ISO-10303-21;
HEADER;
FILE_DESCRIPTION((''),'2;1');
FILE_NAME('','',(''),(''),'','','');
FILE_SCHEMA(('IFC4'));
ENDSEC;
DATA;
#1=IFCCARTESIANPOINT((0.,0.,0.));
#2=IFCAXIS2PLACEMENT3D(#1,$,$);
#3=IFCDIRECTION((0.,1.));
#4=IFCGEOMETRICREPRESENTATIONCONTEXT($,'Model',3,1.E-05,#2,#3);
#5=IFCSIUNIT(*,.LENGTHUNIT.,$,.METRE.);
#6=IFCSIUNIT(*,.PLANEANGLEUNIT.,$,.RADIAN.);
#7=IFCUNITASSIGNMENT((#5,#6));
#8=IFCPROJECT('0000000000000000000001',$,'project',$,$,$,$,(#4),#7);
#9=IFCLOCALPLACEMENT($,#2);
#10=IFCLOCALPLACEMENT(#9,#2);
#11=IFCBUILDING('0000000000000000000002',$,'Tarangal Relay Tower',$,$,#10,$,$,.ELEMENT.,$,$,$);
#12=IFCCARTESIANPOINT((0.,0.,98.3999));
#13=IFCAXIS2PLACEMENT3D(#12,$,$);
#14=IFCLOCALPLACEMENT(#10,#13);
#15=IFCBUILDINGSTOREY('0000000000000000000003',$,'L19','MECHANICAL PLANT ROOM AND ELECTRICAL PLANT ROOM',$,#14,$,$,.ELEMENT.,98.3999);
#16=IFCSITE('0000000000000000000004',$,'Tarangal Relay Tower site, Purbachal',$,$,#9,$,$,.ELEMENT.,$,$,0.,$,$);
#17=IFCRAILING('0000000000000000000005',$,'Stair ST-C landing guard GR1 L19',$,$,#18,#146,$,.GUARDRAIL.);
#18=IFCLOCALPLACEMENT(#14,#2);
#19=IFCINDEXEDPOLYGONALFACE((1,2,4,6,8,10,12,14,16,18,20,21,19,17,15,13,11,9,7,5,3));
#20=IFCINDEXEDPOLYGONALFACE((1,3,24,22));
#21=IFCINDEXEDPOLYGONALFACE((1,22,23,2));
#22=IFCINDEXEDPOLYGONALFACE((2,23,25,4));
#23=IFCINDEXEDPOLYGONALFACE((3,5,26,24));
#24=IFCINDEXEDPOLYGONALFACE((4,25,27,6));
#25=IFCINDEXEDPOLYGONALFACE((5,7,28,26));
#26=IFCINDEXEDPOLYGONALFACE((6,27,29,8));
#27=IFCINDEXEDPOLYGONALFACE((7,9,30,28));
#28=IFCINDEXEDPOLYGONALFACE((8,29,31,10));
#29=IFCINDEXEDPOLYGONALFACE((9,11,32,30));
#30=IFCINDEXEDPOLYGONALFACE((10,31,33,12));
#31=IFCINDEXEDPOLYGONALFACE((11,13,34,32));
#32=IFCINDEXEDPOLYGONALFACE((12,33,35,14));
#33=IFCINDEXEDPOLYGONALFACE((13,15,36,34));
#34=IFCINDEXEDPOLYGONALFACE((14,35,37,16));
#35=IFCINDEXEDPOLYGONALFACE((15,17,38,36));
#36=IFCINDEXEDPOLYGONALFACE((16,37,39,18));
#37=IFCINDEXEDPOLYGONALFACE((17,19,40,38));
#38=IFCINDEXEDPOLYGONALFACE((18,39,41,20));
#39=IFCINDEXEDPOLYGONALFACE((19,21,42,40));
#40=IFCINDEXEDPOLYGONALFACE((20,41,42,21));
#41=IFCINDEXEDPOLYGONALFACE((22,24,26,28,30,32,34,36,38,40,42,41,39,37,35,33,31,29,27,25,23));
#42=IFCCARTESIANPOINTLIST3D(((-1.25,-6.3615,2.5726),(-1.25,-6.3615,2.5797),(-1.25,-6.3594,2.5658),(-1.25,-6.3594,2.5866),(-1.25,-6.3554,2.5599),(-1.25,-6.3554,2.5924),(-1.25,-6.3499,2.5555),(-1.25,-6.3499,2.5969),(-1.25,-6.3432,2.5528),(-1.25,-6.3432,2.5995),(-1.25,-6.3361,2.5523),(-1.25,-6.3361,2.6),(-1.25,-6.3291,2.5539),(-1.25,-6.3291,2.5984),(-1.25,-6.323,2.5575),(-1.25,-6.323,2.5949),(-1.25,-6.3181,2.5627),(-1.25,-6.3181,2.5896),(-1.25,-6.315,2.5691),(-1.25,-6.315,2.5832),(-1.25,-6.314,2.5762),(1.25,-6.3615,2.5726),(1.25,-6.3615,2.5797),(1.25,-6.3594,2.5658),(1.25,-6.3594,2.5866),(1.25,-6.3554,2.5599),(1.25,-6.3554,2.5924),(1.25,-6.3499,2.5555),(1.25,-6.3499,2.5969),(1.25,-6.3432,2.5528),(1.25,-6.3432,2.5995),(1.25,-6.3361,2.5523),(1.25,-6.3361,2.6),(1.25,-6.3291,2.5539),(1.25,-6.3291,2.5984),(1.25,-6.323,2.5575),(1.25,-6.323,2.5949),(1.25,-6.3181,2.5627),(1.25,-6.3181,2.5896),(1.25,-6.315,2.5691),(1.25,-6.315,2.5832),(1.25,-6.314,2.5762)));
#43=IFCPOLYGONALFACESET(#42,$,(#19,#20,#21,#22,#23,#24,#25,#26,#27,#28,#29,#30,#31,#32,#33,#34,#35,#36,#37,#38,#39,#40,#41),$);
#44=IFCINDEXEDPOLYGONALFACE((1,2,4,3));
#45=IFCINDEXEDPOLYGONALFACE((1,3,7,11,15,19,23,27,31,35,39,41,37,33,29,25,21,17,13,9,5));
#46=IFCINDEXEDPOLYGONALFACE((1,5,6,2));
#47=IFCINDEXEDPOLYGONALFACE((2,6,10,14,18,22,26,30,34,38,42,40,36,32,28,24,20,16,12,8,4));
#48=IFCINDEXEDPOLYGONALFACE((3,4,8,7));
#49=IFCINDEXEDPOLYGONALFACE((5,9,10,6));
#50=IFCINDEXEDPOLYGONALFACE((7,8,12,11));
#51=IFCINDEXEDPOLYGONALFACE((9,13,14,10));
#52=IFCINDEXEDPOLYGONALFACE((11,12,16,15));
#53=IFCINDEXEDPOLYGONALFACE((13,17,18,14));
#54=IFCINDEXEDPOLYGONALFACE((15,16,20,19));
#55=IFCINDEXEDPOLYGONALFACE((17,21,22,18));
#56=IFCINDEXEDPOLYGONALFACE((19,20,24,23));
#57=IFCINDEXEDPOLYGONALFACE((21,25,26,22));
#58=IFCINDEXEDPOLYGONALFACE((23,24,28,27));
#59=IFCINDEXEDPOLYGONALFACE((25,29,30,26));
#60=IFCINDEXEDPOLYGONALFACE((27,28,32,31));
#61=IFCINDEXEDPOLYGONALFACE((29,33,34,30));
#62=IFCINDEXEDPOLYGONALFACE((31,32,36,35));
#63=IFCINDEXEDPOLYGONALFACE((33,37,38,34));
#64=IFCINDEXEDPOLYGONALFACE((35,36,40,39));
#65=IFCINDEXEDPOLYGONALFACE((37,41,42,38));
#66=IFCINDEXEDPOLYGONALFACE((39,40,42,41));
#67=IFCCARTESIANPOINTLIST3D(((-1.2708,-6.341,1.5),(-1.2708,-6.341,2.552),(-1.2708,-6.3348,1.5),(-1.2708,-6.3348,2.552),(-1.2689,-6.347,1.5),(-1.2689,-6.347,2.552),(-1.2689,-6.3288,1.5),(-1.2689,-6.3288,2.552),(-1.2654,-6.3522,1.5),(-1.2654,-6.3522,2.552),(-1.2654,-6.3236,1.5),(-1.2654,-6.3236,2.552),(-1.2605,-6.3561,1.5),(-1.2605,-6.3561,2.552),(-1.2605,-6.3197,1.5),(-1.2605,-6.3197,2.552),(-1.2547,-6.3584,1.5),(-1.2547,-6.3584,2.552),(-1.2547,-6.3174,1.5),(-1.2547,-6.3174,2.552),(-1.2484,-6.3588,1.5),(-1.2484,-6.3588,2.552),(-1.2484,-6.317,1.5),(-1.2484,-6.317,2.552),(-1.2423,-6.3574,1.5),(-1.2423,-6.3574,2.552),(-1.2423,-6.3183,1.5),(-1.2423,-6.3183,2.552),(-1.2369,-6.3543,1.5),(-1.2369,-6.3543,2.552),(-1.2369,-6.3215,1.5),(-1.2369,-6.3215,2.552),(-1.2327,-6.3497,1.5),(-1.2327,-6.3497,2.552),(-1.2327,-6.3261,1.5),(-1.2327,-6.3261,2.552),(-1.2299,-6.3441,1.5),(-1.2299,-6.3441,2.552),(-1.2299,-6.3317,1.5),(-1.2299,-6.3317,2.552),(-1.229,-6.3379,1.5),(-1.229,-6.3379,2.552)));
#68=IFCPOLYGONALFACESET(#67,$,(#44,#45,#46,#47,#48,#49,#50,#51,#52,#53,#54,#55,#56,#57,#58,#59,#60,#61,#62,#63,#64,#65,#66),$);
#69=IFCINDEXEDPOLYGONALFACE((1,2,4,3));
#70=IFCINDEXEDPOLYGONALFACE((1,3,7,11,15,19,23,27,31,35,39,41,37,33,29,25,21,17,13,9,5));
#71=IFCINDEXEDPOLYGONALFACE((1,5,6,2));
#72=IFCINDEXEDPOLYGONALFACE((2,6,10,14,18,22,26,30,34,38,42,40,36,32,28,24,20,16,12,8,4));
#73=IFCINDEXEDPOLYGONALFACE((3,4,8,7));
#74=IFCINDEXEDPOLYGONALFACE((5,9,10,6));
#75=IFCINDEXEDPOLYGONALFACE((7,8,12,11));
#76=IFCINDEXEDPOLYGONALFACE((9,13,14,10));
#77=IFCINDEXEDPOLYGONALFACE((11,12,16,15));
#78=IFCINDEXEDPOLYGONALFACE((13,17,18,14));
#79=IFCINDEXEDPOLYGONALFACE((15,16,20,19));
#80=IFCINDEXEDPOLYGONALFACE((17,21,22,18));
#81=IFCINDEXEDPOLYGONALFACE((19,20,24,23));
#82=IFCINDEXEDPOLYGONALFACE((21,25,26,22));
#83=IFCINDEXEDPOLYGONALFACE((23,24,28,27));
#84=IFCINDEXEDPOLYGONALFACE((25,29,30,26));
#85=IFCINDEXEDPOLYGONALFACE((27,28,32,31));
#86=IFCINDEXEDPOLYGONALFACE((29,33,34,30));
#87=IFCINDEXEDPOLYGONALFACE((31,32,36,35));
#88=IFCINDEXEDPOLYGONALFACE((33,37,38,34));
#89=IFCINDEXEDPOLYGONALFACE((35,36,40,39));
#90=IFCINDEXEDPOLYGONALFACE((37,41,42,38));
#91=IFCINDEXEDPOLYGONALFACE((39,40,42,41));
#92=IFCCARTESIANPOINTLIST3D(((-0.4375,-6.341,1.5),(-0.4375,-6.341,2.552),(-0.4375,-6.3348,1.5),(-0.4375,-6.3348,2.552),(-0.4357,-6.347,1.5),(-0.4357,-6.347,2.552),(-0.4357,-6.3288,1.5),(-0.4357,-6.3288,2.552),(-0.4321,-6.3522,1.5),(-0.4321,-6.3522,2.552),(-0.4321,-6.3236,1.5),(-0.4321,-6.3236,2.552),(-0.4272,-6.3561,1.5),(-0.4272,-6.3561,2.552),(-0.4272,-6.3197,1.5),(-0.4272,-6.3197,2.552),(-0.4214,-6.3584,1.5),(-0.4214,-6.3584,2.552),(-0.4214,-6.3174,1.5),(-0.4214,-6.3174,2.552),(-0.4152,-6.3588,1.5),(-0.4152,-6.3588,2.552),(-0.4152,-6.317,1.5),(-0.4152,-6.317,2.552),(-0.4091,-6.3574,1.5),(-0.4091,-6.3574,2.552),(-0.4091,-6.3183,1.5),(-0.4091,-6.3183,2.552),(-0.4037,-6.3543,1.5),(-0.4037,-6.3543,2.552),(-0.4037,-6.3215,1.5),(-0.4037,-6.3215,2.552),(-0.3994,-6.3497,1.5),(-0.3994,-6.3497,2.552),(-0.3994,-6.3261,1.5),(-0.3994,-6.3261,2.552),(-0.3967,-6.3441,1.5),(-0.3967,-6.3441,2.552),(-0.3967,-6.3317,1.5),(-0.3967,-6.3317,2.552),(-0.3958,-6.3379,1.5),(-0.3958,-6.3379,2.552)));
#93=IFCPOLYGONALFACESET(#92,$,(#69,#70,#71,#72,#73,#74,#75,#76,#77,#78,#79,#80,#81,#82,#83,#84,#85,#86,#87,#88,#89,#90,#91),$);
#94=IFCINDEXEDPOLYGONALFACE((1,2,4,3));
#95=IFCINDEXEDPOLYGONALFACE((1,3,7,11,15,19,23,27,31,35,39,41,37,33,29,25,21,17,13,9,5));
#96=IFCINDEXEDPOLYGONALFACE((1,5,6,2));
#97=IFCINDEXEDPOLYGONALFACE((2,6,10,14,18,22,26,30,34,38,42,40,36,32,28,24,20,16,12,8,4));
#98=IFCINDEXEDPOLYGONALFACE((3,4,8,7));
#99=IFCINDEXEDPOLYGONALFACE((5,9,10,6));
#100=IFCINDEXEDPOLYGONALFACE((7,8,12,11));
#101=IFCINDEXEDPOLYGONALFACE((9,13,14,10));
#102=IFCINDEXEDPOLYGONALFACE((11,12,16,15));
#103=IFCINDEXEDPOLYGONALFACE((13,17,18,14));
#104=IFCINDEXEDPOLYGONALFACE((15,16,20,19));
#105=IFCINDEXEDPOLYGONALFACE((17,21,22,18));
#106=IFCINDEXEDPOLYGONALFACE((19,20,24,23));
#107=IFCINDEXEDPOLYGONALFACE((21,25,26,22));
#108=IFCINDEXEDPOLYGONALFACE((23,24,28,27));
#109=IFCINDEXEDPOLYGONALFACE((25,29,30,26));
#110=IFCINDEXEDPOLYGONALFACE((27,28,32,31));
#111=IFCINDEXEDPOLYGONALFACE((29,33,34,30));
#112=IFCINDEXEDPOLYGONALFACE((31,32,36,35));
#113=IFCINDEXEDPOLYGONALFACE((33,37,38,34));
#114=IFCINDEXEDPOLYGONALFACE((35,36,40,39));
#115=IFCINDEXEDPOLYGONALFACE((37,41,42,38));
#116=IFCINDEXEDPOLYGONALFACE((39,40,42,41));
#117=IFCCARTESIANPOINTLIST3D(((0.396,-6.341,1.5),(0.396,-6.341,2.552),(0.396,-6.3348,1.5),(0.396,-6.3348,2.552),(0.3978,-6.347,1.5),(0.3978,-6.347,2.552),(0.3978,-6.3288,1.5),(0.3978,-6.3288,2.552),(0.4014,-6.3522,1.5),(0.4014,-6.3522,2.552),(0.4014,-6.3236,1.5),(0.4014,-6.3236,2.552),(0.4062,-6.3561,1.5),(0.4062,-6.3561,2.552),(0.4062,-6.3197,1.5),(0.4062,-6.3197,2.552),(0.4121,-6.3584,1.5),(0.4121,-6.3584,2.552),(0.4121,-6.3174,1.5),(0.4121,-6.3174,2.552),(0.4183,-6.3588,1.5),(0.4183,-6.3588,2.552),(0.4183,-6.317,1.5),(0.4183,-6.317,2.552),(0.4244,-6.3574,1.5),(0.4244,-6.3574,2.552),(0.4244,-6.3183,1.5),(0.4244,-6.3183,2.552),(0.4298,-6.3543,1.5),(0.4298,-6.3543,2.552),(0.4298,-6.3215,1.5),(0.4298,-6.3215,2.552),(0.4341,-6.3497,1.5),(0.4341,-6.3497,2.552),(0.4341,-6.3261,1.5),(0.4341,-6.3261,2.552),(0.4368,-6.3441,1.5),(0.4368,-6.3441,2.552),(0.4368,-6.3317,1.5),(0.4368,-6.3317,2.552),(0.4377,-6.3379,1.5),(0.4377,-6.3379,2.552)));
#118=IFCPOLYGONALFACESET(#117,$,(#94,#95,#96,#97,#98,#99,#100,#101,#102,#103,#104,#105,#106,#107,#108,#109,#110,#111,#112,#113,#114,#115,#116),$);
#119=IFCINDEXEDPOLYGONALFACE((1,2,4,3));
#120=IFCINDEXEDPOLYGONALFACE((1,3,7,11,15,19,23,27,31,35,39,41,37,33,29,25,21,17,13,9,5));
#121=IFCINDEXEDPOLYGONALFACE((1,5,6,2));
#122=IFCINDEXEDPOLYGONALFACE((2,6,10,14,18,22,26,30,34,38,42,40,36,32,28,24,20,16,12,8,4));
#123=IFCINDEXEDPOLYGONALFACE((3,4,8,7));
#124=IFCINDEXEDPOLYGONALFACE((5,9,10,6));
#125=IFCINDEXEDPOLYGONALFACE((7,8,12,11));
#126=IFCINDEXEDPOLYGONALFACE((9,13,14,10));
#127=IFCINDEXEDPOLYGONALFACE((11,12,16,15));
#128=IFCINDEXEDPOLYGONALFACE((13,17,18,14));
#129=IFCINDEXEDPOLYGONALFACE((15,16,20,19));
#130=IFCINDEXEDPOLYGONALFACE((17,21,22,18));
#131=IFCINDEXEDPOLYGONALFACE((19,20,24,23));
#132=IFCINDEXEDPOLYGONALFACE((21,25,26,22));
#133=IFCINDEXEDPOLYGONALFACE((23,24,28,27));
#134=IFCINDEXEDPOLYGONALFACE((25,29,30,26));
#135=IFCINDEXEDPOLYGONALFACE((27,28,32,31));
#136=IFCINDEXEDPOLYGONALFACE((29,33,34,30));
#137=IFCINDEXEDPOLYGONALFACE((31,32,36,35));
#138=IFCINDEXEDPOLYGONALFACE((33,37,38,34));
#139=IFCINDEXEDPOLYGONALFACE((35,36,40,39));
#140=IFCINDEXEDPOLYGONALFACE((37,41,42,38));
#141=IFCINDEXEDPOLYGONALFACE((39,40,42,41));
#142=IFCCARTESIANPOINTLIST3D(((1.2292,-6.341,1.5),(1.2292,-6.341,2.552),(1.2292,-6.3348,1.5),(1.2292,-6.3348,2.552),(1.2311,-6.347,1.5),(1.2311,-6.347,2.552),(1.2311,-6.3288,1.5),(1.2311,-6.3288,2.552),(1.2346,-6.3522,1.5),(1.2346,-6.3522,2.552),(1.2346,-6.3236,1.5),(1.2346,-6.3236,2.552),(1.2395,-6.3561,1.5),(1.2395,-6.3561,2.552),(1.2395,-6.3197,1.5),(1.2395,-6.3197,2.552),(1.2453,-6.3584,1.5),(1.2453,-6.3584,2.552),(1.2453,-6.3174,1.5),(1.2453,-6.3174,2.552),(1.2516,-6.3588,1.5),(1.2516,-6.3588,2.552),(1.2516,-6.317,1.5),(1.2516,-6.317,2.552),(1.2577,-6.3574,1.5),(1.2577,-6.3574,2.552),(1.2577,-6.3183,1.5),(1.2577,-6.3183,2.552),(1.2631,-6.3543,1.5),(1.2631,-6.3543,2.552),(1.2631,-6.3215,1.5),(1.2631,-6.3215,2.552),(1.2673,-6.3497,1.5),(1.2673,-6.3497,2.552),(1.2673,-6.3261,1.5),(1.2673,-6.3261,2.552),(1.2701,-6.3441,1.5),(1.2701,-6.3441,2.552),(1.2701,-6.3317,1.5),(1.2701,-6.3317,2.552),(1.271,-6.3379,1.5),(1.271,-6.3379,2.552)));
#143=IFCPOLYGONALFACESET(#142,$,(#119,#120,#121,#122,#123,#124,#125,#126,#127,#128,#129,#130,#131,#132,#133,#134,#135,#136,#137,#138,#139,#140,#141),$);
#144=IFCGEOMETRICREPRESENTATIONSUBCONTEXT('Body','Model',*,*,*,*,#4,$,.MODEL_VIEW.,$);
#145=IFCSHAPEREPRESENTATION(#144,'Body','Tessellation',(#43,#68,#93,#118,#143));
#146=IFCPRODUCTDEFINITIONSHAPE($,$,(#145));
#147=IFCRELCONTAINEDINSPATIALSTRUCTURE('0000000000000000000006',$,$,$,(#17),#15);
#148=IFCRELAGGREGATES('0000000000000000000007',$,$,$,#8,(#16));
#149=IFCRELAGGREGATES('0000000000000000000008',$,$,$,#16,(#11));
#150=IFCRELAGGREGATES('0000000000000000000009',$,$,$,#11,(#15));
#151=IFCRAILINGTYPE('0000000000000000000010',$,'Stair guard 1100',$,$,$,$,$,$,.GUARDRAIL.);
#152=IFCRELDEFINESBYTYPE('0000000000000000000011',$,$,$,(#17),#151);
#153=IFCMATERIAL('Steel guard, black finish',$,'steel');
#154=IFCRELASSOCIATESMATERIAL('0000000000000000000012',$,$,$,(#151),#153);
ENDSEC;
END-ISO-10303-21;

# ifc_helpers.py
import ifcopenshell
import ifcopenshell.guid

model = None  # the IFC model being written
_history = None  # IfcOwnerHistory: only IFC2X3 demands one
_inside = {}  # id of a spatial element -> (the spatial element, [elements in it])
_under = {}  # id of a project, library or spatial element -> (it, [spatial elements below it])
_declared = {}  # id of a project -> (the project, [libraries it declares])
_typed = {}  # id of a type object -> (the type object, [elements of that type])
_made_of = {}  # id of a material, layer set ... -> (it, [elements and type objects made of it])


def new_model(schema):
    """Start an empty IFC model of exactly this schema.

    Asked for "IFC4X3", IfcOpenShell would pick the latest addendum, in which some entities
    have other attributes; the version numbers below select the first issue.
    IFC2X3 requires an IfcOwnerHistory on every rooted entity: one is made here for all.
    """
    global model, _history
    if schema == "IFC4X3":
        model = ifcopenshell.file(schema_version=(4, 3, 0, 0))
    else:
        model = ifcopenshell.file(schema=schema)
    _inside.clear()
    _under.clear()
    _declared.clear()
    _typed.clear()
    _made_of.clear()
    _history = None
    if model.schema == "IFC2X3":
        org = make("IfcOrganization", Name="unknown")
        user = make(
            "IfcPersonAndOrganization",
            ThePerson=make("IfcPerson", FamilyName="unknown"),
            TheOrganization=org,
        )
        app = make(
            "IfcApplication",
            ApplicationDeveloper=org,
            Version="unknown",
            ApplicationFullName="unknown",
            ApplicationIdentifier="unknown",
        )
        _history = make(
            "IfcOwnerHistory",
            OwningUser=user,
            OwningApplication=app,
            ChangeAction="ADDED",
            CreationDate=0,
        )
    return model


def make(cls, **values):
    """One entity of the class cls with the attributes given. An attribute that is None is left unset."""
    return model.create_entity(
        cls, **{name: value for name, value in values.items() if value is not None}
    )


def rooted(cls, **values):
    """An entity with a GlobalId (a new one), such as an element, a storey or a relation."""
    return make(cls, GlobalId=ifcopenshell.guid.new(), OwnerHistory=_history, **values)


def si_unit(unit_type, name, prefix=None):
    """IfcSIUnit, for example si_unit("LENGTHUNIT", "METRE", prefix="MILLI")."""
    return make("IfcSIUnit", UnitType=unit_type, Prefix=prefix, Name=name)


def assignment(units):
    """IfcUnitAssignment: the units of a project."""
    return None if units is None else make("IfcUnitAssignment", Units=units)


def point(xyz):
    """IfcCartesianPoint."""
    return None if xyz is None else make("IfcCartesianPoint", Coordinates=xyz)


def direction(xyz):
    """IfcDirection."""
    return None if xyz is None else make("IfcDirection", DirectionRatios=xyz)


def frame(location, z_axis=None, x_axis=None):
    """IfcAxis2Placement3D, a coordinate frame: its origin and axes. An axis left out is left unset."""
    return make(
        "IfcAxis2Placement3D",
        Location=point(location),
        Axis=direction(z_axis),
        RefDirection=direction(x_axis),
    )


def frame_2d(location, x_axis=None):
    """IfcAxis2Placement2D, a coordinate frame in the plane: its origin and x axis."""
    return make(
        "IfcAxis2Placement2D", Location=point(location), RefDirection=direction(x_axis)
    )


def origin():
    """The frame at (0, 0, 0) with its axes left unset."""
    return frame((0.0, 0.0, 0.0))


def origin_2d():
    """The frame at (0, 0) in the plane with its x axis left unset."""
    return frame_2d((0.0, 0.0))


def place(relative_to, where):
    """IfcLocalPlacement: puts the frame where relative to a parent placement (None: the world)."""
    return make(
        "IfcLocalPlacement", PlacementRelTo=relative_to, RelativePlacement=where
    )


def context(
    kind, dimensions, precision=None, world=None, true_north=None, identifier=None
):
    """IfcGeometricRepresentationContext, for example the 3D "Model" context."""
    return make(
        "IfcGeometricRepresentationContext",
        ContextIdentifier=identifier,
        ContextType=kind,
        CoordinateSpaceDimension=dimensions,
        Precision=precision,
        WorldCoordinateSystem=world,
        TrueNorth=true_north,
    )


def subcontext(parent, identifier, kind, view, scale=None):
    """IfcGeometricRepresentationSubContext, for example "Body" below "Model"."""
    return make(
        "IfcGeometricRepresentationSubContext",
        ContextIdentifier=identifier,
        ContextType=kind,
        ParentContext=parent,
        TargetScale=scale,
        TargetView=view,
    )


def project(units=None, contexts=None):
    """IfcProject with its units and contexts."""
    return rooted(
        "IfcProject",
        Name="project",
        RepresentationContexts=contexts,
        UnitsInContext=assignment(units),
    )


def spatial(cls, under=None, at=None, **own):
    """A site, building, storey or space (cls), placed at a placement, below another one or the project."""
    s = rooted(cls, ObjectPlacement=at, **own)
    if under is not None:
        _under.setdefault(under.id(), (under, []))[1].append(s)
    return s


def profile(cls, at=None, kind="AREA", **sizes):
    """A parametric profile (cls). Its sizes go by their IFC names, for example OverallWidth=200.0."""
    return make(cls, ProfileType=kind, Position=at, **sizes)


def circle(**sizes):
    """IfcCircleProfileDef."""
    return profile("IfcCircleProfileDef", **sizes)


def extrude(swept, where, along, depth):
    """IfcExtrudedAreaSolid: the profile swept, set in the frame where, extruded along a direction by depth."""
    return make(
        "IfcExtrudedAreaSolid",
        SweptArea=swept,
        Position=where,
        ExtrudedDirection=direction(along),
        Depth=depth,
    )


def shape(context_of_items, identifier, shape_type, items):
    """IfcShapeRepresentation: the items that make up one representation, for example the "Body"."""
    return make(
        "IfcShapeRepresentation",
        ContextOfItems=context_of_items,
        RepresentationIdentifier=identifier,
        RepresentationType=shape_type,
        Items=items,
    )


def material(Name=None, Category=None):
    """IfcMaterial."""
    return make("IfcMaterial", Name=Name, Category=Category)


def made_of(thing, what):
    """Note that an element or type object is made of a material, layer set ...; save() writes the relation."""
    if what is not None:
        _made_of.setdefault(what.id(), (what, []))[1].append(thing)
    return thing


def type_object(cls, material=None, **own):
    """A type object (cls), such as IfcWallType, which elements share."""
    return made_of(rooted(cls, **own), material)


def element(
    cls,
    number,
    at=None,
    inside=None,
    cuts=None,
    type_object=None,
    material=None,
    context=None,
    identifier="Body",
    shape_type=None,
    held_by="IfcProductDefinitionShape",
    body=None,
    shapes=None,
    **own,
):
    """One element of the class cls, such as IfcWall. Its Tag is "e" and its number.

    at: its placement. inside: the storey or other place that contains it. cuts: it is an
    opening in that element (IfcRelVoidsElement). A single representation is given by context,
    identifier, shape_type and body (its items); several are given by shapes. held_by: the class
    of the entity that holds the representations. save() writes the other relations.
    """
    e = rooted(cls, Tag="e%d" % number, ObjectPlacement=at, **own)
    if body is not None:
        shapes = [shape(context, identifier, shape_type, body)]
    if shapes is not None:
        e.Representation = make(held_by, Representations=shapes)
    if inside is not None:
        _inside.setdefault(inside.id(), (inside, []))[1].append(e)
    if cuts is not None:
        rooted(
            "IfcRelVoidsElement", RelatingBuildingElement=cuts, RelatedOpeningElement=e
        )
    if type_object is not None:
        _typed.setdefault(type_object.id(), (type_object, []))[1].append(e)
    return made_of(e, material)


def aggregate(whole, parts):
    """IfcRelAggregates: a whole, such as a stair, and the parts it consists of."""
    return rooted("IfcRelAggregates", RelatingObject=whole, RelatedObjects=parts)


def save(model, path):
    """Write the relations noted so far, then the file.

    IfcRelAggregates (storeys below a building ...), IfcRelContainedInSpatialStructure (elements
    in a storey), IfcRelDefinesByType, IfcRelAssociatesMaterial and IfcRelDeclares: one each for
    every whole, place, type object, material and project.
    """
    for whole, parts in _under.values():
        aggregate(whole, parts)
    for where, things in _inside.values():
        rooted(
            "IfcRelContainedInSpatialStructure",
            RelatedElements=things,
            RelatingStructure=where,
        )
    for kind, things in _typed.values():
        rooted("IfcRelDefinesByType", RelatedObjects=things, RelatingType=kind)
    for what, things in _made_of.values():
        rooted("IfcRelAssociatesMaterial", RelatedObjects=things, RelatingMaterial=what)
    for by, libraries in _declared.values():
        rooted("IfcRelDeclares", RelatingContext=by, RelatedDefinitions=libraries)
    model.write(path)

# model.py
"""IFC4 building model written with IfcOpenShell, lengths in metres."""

from ifc_helpers import new_model, si_unit, direction, frame, origin, origin_2d, place, context, subcontext, project, spatial, circle, extrude, material, type_object, element, save


model = new_model("IFC4")

# Units and contexts
model_context = context("Model", 3, precision=1e-05, world=origin(), true_north=direction((0.0, 1.0)))
body_context = subcontext(model_context, "Body", "Model", "MODEL_VIEW")
ifc_project = project(units=[si_unit("LENGTHUNIT", "METRE"), si_unit("PLANEANGLEUNIT", "RADIAN")], contexts=[model_context])

# Site, building, storey
site_placement = place(None, origin())
site = spatial("IfcSite", under=ifc_project, at=site_placement, Name="Tarangal Relay Tower site, Purbachal", CompositionType="ELEMENT", RefElevation=0.0)
building_placement = place(site_placement, origin())
building = spatial("IfcBuilding", under=site, at=building_placement, Name="Tarangal Relay Tower", CompositionType="ELEMENT")
storey_placement = place(building_placement, frame((0.0, 0.0, 98.3999)))
storey = spatial("IfcBuildingStorey", under=building, at=storey_placement, Name="L19", Description="MECHANICAL PLANT ROOM AND ELECTRICAL PLANT ROOM", CompositionType="ELEMENT", Elevation=98.3999)

# Railing
ifc_material_1 = material(Name="Steel guard, black finish", Category="steel")
railing_type_1 = type_object("IfcRailingType", Name="Stair guard 1100", PredefinedType="GUARDRAIL", material=ifc_material_1)
for number, where, name in (
    (1, (-1.25, -6.3379, 1.5), "Stair ST-C landing guard GR1 L19"),
):
    element("IfcRailing", number, at=place(storey_placement, frame(where)), inside=storey, type_object=railing_type_1, Name=name, PredefinedType="GUARDRAIL", context=body_context, shape_type="SweptSolid", body=[
        extrude(circle(Radius=0.0239, at=origin_2d()), frame((0.0, 0.0, 1.0762), z_axis=(1.0, 0.0, 0.0), x_axis=(0.0, 1.0, 0.0)), (0.0, 0.0, 1.0), 2.5),
        extrude(circle(Radius=0.021, at=origin_2d()), origin(), (0.0, 0.0, 1.0), 1.052),
        extrude(circle(Radius=0.021, at=origin_2d()), frame((0.8333, 0.0, 0.0)), (0.0, 0.0, 1.0), 1.052),
        extrude(circle(Radius=0.021, at=origin_2d()), frame((1.6667, 0.0, 0.0)), (0.0, 0.0, 1.0), 1.052),
        extrude(circle(Radius=0.021, at=origin_2d()), frame((2.5, 0.0, 0.0)), (0.0, 0.0, 1.0), 1.052),
    ])

save(model, "model.ifc")
